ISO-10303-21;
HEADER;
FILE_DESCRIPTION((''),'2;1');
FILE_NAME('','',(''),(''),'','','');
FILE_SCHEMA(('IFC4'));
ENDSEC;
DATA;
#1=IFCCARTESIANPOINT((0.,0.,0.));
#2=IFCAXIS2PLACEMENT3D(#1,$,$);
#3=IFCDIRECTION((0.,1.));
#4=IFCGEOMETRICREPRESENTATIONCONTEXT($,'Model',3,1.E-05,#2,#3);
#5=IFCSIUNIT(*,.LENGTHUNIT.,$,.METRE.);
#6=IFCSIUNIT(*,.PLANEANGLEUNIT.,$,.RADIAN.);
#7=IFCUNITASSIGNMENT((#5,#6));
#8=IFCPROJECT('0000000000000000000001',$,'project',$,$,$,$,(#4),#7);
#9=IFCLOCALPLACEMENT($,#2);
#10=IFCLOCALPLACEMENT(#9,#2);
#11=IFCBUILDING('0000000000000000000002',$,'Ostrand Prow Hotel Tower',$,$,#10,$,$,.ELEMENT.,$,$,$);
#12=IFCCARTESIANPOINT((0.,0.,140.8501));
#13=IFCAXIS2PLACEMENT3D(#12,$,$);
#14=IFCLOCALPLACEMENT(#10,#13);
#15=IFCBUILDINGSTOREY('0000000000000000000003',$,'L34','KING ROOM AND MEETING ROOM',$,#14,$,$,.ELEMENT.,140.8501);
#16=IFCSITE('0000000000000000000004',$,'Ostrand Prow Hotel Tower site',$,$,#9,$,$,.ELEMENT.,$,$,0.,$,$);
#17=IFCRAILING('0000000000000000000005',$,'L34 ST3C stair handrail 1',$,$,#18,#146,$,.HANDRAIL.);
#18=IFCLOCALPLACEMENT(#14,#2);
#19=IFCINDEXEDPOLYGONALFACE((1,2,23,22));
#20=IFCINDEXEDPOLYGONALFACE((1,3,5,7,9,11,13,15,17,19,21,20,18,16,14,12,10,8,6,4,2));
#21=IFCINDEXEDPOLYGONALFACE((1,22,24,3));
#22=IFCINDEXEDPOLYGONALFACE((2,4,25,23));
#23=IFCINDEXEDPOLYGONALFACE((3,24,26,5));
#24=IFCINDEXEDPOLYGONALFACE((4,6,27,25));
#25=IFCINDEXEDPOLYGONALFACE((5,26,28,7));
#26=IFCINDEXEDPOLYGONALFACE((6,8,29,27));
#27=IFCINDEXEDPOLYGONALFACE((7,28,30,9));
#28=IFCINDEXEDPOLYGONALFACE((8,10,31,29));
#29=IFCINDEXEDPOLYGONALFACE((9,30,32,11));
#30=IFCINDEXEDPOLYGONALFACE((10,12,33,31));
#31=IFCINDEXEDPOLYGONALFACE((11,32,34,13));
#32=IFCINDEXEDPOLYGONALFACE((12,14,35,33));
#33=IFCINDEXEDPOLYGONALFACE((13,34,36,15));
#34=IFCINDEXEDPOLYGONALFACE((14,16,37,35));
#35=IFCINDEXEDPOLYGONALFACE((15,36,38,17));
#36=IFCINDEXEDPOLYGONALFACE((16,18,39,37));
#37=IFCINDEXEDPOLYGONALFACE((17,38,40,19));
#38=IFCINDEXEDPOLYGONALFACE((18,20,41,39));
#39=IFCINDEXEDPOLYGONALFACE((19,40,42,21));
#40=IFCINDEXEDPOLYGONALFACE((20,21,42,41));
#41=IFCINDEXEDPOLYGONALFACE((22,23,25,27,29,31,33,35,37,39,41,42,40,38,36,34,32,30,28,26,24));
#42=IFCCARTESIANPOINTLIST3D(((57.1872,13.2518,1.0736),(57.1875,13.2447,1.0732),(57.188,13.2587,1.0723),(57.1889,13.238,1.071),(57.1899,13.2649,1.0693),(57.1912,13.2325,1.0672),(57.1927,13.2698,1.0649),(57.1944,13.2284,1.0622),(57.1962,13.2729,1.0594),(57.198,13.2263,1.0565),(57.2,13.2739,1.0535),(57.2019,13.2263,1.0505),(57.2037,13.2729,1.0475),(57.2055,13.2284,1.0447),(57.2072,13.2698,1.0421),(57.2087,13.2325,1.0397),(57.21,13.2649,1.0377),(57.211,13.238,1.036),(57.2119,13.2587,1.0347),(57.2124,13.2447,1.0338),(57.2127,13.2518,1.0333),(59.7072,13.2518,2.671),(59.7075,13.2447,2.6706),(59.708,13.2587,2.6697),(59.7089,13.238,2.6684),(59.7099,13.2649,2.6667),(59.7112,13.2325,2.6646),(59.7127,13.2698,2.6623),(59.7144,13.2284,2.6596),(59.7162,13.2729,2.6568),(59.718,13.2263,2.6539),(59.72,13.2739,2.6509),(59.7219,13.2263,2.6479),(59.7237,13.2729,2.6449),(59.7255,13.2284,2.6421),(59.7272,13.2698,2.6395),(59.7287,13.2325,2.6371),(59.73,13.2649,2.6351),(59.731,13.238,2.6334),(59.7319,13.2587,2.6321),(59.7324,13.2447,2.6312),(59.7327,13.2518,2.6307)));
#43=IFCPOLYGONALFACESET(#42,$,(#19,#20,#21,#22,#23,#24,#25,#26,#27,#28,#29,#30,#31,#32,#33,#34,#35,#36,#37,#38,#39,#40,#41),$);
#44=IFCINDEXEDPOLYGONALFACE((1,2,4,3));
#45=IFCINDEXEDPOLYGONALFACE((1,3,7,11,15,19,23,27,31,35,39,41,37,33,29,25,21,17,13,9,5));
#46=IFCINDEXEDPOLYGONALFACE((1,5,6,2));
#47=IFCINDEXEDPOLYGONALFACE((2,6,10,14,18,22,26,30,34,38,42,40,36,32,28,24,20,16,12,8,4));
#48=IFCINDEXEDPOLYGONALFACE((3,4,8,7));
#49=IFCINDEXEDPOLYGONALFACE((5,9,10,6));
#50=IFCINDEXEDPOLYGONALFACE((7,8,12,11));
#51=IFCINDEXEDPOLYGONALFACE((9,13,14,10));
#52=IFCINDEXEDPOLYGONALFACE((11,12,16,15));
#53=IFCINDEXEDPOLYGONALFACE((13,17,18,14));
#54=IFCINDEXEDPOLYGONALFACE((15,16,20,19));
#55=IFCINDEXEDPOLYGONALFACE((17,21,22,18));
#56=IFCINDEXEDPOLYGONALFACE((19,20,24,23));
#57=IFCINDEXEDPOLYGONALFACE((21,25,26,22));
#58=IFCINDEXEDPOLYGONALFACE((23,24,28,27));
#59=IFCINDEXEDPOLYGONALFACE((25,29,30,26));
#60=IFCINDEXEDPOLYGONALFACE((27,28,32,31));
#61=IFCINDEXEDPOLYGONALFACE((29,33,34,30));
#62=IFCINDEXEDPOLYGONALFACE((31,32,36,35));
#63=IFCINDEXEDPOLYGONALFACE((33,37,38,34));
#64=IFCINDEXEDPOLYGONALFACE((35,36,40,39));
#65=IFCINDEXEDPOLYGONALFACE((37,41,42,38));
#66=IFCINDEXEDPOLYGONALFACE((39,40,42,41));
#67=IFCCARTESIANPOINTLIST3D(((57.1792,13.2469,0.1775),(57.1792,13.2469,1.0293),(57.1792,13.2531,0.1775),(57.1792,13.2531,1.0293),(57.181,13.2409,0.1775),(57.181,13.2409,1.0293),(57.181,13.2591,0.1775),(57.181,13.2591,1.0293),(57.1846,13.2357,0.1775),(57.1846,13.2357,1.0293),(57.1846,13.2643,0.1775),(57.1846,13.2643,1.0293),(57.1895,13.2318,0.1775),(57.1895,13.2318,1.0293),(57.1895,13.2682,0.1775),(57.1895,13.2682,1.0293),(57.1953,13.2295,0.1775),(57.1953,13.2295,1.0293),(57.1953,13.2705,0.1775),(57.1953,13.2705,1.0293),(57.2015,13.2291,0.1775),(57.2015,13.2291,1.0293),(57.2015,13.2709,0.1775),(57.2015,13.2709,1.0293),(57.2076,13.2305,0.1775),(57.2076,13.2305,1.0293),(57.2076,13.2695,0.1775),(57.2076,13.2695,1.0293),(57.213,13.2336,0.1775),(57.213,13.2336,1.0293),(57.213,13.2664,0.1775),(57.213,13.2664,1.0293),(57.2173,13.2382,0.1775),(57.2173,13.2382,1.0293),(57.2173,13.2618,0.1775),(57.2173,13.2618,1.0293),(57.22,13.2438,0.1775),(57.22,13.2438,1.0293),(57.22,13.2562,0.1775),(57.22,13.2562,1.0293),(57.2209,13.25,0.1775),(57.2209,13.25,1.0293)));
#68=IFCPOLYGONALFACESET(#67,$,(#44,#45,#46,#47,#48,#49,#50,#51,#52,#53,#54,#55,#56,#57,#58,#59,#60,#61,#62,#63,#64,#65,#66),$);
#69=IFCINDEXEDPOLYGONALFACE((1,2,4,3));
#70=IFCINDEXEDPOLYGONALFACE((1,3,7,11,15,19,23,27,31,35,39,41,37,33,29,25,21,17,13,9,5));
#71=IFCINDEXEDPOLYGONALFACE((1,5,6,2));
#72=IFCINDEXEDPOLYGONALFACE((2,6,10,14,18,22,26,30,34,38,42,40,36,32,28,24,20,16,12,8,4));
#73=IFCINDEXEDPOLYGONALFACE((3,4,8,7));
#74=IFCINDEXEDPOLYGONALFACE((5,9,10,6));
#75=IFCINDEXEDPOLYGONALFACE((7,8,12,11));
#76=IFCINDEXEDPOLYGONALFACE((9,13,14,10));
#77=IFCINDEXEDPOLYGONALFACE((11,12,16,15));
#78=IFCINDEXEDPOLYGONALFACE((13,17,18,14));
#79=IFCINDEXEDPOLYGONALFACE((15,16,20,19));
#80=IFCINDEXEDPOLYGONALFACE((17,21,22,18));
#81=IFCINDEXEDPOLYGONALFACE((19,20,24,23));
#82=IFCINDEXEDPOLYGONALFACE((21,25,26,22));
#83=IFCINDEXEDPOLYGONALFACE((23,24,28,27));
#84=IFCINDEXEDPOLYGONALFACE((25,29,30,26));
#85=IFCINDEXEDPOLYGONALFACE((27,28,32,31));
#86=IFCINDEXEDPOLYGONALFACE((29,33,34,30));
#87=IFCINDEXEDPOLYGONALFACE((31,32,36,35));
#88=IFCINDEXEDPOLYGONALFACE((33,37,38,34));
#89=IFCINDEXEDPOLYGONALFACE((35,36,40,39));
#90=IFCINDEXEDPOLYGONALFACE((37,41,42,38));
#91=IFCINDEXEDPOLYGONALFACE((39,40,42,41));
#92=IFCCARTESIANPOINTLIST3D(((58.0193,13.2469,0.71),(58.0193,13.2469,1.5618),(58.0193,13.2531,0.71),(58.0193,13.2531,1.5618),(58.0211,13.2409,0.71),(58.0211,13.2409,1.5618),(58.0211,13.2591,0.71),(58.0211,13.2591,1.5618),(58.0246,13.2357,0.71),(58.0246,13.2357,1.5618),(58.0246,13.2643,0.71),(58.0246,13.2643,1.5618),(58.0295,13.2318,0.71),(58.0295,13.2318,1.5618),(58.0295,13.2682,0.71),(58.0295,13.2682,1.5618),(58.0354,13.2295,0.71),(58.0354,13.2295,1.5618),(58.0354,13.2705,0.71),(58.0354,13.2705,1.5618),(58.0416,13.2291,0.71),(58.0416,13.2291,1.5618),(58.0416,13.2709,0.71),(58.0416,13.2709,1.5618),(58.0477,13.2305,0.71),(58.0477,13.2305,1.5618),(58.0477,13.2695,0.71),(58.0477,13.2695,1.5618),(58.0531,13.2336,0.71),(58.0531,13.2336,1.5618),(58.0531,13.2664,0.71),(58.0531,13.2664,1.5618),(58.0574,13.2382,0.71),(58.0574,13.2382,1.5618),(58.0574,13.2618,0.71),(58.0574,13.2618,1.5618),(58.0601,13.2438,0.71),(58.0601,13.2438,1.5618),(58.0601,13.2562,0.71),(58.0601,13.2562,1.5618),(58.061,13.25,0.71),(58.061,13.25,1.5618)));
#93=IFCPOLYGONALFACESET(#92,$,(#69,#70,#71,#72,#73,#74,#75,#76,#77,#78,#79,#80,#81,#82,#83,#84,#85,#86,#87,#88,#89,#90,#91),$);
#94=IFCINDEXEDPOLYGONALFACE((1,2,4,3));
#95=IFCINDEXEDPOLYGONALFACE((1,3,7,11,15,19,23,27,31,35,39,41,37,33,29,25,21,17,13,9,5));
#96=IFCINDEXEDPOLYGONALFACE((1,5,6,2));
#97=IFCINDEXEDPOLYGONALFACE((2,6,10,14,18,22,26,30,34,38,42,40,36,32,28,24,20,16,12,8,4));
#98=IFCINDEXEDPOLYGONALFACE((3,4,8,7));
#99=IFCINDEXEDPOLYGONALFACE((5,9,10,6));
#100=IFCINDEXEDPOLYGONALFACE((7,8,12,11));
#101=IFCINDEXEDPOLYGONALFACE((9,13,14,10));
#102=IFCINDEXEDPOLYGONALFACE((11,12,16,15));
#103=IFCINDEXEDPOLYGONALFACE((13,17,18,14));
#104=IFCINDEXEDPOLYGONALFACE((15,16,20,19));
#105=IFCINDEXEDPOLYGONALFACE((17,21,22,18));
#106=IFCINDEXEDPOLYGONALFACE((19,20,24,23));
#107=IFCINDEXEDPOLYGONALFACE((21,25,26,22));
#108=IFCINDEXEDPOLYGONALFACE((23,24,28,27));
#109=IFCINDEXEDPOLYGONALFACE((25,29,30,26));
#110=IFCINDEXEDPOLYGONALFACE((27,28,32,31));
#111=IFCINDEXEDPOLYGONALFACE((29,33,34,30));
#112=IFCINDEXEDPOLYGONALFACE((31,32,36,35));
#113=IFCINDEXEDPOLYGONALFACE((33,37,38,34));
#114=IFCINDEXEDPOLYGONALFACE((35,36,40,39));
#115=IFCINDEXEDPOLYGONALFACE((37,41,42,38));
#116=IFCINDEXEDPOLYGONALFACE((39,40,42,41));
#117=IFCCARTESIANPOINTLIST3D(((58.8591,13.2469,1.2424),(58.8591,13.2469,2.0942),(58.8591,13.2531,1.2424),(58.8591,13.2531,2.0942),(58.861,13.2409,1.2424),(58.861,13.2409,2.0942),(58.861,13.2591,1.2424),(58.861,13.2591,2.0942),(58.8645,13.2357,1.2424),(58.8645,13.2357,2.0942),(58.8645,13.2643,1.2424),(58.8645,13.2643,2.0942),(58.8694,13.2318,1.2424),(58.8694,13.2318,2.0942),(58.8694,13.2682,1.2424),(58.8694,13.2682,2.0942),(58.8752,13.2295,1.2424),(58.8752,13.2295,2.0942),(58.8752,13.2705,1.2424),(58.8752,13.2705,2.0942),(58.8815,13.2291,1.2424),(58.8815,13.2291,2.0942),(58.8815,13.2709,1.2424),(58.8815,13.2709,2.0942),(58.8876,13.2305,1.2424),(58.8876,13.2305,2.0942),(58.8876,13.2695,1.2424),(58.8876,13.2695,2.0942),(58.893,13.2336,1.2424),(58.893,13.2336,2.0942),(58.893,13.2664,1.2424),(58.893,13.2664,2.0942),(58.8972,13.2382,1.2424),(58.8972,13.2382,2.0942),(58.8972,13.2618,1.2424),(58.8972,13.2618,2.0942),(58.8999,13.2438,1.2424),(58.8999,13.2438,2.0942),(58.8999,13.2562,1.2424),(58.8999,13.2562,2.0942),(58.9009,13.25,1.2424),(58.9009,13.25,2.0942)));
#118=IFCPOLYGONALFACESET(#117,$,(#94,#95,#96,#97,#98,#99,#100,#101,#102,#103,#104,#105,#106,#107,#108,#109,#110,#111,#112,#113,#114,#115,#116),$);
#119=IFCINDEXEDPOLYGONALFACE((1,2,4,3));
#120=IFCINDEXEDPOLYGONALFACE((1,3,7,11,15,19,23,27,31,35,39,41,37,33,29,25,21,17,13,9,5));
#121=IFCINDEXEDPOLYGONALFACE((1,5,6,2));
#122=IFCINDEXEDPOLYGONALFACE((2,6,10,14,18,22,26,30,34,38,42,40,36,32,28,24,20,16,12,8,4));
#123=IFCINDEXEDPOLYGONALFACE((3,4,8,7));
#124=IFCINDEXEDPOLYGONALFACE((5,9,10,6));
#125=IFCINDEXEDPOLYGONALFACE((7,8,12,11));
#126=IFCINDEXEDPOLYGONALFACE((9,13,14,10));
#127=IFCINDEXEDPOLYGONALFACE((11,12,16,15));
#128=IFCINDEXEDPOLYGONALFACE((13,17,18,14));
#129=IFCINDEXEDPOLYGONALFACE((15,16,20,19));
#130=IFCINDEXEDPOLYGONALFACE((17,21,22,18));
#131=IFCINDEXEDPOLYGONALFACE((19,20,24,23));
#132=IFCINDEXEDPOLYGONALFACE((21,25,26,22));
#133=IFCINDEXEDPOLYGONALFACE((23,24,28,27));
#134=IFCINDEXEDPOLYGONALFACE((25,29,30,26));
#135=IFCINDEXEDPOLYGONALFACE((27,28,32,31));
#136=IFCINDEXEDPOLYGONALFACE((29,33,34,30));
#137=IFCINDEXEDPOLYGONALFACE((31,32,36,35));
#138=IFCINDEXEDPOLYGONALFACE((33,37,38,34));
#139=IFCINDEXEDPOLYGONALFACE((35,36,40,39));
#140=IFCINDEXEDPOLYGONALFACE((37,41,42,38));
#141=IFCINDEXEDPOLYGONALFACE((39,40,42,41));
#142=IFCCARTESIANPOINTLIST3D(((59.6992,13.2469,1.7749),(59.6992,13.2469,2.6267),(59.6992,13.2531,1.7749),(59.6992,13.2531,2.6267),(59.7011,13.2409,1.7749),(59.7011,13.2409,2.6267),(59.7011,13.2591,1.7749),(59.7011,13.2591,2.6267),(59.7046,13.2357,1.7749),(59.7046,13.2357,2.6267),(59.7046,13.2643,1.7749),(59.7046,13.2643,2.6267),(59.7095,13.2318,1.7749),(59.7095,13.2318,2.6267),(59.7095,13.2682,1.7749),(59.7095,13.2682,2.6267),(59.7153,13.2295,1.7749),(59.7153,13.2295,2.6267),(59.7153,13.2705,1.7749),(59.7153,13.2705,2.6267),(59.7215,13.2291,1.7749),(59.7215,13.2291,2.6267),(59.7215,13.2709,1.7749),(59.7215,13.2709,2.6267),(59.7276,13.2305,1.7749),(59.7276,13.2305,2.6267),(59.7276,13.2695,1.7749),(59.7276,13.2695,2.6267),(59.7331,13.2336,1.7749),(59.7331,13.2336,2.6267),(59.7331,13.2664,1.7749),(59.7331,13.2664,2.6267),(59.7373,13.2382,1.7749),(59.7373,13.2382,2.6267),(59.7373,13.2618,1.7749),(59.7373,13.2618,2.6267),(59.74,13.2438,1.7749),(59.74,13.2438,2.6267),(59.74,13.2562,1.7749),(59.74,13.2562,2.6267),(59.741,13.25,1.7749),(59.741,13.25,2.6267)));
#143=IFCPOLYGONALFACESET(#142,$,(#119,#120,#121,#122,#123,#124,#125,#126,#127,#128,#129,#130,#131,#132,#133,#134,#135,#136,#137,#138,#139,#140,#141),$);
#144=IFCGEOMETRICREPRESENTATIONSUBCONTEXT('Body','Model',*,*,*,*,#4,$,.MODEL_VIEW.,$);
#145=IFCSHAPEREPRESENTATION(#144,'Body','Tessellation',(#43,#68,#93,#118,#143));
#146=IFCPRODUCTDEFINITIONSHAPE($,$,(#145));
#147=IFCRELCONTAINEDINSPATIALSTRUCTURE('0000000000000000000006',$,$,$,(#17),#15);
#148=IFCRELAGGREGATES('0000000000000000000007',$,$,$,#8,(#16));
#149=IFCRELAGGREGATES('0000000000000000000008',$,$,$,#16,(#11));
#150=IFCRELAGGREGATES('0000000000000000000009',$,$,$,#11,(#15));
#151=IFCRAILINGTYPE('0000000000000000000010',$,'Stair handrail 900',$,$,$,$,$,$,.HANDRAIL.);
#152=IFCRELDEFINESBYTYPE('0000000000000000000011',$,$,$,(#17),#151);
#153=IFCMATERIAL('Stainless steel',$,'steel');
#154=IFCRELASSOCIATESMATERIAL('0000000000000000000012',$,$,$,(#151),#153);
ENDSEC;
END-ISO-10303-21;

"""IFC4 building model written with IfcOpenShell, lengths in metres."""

from ifc_helpers import new_model, si_unit, direction, frame, origin, origin_2d, place, context, subcontext, project, spatial, circle, extrude, material, type_object, element, save


model = new_model("IFC4")

# Units and contexts
model_context = context("Model", 3, precision=1e-05, world=origin(), true_north=direction((0.0, 1.0)))
body_context = subcontext(model_context, "Body", "Model", "MODEL_VIEW")
ifc_project = project(units=[si_unit("LENGTHUNIT", "METRE"), si_unit("PLANEANGLEUNIT", "RADIAN")], contexts=[model_context])

# Site, building, storey
site_placement = place(None, origin())
site = spatial("IfcSite", under=ifc_project, at=site_placement, Name="Ostrand Prow Hotel Tower site", CompositionType="ELEMENT", RefElevation=0.0)
building_placement = place(site_placement, origin())
building = spatial("IfcBuilding", under=site, at=building_placement, Name="Ostrand Prow Hotel Tower", CompositionType="ELEMENT")
storey_placement = place(building_placement, frame((0.0, 0.0, 140.8501)))
storey = spatial("IfcBuildingStorey", under=building, at=storey_placement, Name="L34", Description="KING ROOM AND MEETING ROOM", CompositionType="ELEMENT", Elevation=140.8501)

# Railing
ifc_material_1 = material(Name="Stainless steel", Category="steel")
railing_type_1 = type_object("IfcRailingType", Name="Stair handrail 900", PredefinedType="HANDRAIL", material=ifc_material_1)
railing_1_placement = place(storey_placement, frame((57.2, 13.25, 0.1775)))
element("IfcRailing", 1, at=railing_1_placement, inside=storey, type_object=railing_type_1, Name="L34 ST3C stair handrail 1", PredefinedType="HANDRAIL", context=body_context, shape_type="SweptSolid", body=[
    extrude(circle(Radius=0.0239, at=origin_2d()), frame((0.0, 0.0, 0.876), z_axis=(0.844607, 0.0, 0.535387), x_axis=(0.0, 1.0, 0.0)), (0.0, 0.0, 1.0), 2.9836),
    extrude(circle(Radius=0.021, at=origin_2d()), origin(), (0.0, 0.0, 1.0), 0.8518),
    extrude(circle(Radius=0.021, at=origin_2d()), frame((0.8401, 0.0, 0.5325)), (0.0, 0.0, 1.0), 0.8518),
    extrude(circle(Radius=0.021, at=origin_2d()), frame((1.6799, 0.0, 1.0649)), (0.0, 0.0, 1.0), 0.8518),
    extrude(circle(Radius=0.021, at=origin_2d()), frame((2.52, 0.0, 1.5974)), (0.0, 0.0, 1.0), 0.8518),
])

save(model, "model.ifc")
